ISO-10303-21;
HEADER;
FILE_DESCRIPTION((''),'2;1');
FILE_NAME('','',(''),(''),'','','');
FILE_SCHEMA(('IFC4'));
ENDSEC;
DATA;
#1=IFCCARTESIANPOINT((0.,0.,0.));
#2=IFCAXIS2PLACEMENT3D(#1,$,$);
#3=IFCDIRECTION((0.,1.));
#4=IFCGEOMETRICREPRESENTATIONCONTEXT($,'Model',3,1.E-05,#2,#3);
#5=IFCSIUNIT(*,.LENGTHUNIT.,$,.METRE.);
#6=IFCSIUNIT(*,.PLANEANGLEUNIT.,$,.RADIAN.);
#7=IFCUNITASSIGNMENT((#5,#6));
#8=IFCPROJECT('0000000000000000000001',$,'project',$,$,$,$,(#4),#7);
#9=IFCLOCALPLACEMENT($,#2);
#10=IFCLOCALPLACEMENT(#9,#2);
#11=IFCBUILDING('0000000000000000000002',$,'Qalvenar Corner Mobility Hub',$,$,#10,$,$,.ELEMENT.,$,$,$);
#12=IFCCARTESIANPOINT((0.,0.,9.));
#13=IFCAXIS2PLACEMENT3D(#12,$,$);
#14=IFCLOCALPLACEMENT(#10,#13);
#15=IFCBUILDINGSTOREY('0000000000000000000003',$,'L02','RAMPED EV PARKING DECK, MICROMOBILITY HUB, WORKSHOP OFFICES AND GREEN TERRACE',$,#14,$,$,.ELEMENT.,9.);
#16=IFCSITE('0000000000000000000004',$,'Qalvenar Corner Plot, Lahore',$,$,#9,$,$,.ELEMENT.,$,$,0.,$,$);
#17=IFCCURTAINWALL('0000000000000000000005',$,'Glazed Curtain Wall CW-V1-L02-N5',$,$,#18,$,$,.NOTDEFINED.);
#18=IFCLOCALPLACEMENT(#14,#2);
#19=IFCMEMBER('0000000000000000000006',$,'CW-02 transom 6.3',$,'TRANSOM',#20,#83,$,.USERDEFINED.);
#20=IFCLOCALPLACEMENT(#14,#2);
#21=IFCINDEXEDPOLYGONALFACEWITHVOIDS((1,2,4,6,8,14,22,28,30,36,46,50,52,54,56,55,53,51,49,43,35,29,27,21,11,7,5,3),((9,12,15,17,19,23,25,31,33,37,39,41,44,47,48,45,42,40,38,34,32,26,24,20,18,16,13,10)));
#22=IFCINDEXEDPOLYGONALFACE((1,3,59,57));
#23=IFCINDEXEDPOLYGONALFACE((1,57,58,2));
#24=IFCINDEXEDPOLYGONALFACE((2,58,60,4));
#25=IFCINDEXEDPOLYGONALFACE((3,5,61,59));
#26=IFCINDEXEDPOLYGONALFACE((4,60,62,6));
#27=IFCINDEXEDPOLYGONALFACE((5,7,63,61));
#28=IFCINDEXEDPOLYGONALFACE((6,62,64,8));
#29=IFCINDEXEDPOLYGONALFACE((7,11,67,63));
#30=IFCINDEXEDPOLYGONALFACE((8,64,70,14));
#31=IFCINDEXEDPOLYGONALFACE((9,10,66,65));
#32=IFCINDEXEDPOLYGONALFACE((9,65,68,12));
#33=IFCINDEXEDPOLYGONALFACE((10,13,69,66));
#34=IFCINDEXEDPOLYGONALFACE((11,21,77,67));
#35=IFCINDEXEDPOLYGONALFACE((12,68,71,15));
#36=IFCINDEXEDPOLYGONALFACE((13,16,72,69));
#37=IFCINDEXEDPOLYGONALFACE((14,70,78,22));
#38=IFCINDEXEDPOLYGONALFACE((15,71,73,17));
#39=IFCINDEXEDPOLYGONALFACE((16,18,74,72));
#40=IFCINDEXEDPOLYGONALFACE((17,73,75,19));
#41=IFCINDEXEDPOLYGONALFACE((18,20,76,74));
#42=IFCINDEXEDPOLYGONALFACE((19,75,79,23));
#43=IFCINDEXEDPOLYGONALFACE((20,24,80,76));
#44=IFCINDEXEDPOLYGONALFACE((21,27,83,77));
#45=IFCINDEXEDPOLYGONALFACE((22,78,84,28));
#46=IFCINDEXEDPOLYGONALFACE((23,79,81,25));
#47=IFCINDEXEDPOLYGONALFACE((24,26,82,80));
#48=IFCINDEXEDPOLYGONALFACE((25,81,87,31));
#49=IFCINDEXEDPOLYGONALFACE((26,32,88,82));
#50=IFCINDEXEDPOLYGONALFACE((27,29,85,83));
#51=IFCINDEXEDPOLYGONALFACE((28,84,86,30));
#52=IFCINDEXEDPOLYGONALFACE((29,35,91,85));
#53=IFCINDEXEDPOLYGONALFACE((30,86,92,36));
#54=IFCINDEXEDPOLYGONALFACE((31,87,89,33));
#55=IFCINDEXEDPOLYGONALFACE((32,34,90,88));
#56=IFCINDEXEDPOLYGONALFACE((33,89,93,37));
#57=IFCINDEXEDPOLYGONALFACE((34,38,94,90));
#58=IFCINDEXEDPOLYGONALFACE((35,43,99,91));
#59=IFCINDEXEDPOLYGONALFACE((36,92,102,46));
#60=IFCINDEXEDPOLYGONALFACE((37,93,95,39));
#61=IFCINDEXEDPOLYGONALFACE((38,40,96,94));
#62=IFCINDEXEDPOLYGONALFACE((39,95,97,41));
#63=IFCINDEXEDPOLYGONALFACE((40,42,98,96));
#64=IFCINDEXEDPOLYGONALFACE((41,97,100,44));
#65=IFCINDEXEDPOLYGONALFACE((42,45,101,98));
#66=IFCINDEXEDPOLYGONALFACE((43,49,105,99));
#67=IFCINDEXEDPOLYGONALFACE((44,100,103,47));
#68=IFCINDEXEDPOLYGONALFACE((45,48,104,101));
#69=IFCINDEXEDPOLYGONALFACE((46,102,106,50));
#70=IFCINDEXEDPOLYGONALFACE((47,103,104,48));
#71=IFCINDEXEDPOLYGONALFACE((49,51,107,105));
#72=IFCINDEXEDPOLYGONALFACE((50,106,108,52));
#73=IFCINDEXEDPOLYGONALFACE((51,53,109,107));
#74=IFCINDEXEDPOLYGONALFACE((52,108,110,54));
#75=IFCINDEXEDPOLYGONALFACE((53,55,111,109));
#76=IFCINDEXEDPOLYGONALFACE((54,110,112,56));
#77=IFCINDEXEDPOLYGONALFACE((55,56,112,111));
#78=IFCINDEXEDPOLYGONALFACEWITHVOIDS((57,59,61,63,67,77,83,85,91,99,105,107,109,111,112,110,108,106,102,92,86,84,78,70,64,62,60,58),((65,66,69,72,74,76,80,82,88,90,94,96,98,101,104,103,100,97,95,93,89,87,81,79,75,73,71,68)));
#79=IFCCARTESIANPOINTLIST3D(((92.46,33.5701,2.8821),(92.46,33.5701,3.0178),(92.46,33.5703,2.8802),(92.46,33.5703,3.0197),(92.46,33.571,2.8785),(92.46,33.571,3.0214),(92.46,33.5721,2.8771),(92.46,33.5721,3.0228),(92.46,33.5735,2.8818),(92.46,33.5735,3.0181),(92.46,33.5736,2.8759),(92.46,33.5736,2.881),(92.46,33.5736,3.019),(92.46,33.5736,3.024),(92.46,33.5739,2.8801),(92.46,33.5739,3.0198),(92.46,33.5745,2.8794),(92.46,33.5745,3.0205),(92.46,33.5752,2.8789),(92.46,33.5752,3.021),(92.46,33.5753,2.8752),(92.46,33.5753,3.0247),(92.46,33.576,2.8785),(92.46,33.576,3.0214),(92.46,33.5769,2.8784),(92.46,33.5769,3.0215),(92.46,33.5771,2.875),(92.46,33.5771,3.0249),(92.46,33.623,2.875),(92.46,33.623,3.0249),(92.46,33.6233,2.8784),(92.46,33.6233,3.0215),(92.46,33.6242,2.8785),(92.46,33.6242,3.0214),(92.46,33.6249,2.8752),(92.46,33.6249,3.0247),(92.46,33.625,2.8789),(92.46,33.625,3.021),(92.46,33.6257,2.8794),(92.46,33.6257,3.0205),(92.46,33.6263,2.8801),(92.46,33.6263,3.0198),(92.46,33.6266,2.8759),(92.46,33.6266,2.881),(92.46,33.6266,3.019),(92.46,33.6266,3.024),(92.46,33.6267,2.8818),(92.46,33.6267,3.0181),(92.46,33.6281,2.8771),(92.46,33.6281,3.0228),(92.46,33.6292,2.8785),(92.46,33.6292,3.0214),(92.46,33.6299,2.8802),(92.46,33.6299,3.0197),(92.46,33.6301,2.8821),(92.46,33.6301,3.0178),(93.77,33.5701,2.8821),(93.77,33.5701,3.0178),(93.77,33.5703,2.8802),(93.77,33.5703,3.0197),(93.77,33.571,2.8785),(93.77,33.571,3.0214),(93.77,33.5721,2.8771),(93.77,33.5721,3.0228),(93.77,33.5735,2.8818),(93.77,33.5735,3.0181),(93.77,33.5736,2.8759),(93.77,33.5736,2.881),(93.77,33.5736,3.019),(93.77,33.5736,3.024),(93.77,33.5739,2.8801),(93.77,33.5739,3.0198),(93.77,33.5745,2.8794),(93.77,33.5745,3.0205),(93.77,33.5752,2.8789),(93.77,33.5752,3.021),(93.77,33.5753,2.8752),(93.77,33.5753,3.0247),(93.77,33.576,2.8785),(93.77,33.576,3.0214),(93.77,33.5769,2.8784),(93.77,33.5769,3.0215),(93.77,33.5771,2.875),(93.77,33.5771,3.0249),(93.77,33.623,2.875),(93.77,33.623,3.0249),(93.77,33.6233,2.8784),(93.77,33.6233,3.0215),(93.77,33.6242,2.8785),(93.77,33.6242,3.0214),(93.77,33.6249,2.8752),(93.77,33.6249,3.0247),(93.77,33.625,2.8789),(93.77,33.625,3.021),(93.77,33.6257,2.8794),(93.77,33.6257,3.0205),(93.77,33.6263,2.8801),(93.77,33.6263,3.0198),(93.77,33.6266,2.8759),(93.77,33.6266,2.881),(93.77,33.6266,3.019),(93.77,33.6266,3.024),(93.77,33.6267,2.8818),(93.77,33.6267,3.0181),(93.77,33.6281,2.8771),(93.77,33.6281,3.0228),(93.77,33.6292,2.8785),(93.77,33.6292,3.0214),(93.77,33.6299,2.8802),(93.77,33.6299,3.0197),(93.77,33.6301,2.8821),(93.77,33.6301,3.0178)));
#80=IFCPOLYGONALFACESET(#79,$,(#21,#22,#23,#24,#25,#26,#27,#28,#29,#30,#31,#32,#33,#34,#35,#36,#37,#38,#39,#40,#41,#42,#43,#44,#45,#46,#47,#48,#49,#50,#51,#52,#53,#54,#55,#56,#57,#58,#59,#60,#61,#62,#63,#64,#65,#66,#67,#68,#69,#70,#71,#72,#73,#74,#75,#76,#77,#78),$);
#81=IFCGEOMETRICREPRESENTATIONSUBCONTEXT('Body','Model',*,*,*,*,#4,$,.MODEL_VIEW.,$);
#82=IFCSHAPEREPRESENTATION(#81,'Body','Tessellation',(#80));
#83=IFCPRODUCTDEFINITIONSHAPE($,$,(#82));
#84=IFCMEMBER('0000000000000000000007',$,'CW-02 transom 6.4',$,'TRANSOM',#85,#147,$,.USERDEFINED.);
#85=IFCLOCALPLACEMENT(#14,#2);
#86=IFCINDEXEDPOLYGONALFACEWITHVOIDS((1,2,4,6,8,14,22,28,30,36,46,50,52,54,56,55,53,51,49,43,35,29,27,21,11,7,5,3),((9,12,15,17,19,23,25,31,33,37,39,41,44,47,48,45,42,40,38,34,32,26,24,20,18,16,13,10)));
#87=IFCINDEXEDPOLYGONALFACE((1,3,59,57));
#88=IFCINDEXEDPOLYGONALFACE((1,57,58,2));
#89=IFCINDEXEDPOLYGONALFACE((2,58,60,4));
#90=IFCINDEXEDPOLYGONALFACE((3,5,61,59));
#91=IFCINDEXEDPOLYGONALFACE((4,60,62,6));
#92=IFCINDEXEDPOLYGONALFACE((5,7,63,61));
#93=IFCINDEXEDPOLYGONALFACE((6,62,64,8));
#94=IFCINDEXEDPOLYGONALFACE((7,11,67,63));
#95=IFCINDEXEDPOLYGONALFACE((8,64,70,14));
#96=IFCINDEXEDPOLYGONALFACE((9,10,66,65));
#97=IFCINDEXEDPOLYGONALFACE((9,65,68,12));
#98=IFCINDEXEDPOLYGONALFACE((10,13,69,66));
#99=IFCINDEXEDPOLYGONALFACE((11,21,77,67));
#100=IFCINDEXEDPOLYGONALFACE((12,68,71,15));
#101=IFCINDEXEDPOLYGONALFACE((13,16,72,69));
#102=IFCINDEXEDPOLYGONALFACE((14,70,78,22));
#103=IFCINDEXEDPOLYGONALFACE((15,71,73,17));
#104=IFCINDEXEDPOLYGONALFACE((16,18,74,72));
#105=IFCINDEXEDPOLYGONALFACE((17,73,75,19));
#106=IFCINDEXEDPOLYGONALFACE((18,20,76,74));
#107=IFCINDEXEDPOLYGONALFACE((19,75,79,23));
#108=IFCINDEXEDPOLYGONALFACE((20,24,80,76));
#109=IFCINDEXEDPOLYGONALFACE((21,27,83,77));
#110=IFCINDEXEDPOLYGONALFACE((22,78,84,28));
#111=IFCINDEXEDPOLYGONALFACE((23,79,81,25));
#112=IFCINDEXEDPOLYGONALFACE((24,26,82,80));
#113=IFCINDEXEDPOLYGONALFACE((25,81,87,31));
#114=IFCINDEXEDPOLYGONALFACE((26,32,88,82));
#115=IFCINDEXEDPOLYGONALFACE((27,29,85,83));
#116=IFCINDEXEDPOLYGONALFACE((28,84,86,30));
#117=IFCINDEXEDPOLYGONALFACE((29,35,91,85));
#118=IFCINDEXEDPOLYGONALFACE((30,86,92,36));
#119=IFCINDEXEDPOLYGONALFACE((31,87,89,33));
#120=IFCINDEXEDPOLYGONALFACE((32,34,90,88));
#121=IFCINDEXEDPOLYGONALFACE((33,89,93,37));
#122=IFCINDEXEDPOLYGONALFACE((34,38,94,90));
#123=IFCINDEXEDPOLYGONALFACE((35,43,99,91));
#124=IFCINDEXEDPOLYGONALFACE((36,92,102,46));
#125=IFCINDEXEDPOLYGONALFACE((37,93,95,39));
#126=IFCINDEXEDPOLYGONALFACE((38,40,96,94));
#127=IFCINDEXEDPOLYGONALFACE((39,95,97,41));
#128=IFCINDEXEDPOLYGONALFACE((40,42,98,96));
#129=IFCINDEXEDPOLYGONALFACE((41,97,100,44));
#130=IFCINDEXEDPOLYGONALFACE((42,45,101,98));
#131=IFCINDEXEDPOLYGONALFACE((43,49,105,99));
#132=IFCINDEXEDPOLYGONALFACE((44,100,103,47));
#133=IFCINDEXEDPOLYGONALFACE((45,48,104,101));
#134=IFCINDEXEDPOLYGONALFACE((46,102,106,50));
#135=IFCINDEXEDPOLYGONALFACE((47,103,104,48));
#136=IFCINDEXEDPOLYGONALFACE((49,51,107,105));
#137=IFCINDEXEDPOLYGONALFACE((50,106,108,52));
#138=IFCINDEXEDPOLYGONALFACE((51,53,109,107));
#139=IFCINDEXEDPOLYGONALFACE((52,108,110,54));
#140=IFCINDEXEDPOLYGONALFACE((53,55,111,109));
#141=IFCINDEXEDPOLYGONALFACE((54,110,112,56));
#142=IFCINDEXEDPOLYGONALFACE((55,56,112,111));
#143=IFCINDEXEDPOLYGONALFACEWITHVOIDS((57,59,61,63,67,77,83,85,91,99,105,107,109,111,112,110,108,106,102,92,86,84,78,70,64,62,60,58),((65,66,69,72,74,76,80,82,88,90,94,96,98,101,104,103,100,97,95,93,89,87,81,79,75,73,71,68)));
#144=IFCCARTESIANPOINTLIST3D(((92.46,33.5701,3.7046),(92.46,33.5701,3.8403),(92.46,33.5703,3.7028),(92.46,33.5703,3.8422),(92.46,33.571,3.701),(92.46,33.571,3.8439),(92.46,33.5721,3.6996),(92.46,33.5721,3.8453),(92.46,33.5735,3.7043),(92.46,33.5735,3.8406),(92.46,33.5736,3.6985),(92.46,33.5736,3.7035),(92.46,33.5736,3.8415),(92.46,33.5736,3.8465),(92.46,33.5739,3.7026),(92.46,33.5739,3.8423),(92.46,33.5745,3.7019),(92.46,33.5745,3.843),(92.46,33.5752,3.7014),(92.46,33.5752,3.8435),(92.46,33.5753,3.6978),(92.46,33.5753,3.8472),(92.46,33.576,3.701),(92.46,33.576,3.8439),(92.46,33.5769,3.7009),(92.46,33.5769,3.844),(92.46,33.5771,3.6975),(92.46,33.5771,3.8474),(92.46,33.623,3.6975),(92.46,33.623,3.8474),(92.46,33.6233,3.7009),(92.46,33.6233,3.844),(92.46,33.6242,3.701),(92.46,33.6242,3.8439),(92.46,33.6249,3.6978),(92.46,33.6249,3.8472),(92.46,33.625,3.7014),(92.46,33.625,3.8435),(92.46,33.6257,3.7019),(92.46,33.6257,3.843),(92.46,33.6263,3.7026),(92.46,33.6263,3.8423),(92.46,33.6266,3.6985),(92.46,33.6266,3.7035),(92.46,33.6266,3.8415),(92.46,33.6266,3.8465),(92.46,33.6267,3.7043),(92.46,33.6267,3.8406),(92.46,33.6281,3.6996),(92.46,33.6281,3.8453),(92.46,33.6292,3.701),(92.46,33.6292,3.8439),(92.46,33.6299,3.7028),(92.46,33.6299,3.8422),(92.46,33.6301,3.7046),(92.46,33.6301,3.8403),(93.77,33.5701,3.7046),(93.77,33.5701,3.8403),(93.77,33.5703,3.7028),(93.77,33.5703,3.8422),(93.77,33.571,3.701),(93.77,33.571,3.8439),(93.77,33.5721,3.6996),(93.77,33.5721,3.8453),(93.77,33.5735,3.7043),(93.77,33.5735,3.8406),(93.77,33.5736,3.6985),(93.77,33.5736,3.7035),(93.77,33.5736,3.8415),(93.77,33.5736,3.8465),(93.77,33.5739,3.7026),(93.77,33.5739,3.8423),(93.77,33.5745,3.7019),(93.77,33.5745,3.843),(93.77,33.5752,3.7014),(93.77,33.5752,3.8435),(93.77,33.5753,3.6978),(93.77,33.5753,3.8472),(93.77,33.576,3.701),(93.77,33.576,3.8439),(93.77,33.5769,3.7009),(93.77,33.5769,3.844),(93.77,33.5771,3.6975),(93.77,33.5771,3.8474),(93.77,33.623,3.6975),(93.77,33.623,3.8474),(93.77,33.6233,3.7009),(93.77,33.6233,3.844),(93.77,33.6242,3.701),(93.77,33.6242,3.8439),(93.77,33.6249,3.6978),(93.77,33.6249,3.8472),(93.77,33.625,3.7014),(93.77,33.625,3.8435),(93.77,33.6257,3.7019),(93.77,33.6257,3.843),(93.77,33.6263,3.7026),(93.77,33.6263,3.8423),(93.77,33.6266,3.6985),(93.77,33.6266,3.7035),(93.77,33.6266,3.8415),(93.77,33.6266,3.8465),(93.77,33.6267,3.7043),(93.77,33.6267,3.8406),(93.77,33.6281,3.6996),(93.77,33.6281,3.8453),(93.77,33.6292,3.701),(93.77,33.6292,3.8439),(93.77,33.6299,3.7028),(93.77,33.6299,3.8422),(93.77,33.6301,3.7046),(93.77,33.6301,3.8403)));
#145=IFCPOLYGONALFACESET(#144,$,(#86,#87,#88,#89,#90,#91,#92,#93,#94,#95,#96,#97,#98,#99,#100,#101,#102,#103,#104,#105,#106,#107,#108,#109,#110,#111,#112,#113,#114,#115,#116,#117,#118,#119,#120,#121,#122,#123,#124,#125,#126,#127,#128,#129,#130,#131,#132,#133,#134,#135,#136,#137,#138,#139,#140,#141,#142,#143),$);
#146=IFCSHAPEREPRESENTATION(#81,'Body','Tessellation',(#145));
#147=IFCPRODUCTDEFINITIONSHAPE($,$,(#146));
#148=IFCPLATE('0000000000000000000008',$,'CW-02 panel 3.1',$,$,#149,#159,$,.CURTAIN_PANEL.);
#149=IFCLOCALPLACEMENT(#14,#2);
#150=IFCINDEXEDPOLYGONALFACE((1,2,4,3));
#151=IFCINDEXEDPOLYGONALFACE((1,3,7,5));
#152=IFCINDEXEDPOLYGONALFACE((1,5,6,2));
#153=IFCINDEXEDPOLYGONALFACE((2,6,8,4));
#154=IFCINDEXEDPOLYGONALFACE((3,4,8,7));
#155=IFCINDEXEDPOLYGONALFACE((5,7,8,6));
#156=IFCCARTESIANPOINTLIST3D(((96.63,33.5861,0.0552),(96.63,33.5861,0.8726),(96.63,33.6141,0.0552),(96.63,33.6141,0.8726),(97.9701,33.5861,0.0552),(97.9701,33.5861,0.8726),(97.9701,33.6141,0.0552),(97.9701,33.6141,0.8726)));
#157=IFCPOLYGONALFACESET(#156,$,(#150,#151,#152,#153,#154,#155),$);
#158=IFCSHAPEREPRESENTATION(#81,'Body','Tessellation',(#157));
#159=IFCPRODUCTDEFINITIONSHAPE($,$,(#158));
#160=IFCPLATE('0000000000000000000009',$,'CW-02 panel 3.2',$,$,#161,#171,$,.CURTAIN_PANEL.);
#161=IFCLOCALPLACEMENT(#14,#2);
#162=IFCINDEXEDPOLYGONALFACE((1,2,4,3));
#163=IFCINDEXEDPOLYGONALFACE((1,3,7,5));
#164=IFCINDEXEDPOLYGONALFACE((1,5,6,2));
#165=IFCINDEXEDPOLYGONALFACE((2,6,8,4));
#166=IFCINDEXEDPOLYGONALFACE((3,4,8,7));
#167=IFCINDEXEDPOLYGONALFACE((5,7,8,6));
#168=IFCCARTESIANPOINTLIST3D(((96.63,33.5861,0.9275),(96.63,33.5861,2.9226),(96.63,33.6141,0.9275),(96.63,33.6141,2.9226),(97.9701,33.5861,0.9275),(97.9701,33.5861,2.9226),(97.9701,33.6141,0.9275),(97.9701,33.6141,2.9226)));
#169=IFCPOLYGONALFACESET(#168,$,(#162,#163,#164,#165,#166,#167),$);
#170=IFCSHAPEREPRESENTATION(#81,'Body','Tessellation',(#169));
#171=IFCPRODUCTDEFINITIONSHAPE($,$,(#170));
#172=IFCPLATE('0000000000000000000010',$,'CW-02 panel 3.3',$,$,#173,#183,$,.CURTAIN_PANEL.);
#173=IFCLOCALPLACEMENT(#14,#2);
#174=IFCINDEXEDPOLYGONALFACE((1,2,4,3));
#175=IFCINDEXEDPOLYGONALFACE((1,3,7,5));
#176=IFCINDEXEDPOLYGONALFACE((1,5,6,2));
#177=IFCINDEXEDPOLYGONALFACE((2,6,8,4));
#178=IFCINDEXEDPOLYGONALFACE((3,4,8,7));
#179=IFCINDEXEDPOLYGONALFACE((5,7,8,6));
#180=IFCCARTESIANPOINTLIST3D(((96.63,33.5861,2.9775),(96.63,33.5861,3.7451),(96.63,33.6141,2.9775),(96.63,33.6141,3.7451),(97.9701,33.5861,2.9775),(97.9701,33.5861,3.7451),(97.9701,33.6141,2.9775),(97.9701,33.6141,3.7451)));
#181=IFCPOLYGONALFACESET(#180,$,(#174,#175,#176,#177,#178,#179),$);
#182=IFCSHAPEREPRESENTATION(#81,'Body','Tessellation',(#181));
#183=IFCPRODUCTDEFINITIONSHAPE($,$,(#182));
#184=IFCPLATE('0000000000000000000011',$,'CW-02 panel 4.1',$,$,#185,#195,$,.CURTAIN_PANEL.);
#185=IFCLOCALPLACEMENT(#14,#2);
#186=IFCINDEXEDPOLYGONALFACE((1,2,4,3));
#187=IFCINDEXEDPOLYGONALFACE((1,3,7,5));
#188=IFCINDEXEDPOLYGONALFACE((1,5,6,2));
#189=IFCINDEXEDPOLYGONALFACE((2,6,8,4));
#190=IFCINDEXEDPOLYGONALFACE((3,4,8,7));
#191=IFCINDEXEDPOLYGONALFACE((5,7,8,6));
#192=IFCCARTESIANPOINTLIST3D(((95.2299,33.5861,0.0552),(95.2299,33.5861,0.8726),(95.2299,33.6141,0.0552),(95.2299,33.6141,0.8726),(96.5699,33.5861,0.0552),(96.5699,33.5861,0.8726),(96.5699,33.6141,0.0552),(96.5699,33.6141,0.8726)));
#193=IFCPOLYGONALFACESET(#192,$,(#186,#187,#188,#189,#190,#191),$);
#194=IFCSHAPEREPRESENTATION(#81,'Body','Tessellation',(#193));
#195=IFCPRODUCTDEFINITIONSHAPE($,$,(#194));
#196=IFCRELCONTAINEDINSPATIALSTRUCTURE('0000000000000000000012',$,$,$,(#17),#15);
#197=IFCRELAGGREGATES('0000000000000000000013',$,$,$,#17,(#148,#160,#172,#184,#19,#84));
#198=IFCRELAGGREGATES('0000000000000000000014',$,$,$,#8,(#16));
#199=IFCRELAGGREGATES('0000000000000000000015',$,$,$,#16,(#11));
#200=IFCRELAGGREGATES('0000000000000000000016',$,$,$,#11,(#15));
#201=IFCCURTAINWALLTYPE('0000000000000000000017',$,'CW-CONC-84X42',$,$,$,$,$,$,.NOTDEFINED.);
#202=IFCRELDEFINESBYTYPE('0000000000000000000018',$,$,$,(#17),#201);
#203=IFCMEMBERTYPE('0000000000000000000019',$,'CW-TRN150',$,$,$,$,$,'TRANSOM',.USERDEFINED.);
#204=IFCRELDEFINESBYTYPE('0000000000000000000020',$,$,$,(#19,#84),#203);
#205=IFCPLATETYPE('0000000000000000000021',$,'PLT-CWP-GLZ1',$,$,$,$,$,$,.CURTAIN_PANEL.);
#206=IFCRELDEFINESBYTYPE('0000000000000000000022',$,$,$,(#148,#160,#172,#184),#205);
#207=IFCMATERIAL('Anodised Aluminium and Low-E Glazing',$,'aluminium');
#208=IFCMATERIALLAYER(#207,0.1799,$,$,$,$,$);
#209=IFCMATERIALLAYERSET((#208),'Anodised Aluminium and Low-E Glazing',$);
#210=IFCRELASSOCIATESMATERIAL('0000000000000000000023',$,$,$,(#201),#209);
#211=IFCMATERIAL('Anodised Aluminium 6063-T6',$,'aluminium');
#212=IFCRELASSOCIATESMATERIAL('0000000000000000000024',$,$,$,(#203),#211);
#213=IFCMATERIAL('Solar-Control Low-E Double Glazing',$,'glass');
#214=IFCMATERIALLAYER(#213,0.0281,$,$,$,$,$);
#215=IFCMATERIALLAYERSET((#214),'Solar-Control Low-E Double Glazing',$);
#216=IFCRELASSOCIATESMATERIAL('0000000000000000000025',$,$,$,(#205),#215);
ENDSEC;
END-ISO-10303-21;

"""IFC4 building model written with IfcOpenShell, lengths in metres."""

from ifc_helpers import new_model, si_unit, direction, frame, origin, origin_2d, place, context, subcontext, project, spatial, rectangle, hollow_rectangle, extrude, material, layer, layer_set, material_profile, profile_set, type_object, element, aggregate, save


model = new_model("IFC4")

# Units and contexts
model_context = context("Model", 3, precision=1e-05, world=origin(), true_north=direction((0.0, 1.0)))
body_context = subcontext(model_context, "Body", "Model", "MODEL_VIEW")
ifc_project = project(units=[si_unit("LENGTHUNIT", "METRE"), si_unit("PLANEANGLEUNIT", "RADIAN")], contexts=[model_context])

# Site, building, storey
site_placement = place(None, origin())
site = spatial("IfcSite", under=ifc_project, at=site_placement, Name="Qalvenar Corner Plot, Lahore", CompositionType="ELEMENT", RefElevation=0.0)
building_placement = place(site_placement, origin())
building = spatial("IfcBuilding", under=site, at=building_placement, Name="Qalvenar Corner Mobility Hub", CompositionType="ELEMENT")
storey_placement = place(building_placement, frame((0.0, 0.0, 9.0)))
storey = spatial("IfcBuildingStorey", under=building, at=storey_placement, Name="L02", Description="RAMPED EV PARKING DECK, MICROMOBILITY HUB, WORKSHOP OFFICES AND GREEN TERRACE", CompositionType="ELEMENT", Elevation=9.0)

# Curtain wall, members, plates
ifc_material_1 = material(Name="Anodised Aluminium and Low-E Glazing", Category="aluminium")
ifc_layer_1 = layer(ifc_material_1, 0.1799)
ifc_layer_set_1 = layer_set([ifc_layer_1], Name="Anodised Aluminium and Low-E Glazing")
curtain_wall_type = type_object("IfcCurtainWallType", Name="CW-CONC-84X42", PredefinedType="NOTDEFINED", material=ifc_layer_set_1)
curtain_wall_placement = place(storey_placement, origin())
curtain_wall = element("IfcCurtainWall", 1, at=curtain_wall_placement, inside=storey, type_object=curtain_wall_type, Name="Glazed Curtain Wall CW-V1-L02-N5", PredefinedType="NOTDEFINED")
ifc_material_2 = material(Name="Anodised Aluminium 6063-T6", Category="aluminium")
ifc_material_profile_1 = material_profile(ifc_material_2, hollow_rectangle(XDim=0.0601, YDim=0.1499, WallThickness=0.0034, InnerFilletRadius=0.0034, OuterFilletRadius=0.0071, at=origin_2d()), Name="RHS150x60x3.5")
ifc_profile_set_1 = profile_set([ifc_material_profile_1], Name="Anodised Aluminium 6063-T6")
member_type_1 = type_object("IfcMemberType", Name="CW-TRN150", ElementType="TRANSOM", PredefinedType="USERDEFINED", material=ifc_profile_set_1)
member_1_placement = place(storey_placement, frame((93.77, 33.6001, 2.95), z_axis=(-1.0, 0.0, 0.0), x_axis=(0.0, -1.0, 0.0)))
member_1 = element("IfcMember", 2, at=member_1_placement, type_object=member_type_1, Name="CW-02 transom 6.3", ObjectType="TRANSOM", PredefinedType="USERDEFINED", context=body_context, shape_type="SweptSolid", body=[
    extrude(hollow_rectangle(XDim=0.0601, YDim=0.1499, WallThickness=0.0034, InnerFilletRadius=0.0034, OuterFilletRadius=0.0071, at=origin_2d()), origin(), (0.0, 0.0, 1.0), 1.3101),
])
member_2_placement = place(storey_placement, frame((93.77, 33.6001, 3.7725), z_axis=(-1.0, 0.0, 0.0), x_axis=(0.0, -1.0, 0.0)))
member_2 = element("IfcMember", 3, at=member_2_placement, type_object=member_type_1, Name="CW-02 transom 6.4", ObjectType="TRANSOM", PredefinedType="USERDEFINED", context=body_context, shape_type="SweptSolid", body=[
    extrude(hollow_rectangle(XDim=0.0601, YDim=0.1499, WallThickness=0.0034, InnerFilletRadius=0.0034, OuterFilletRadius=0.0071, at=origin_2d()), origin(), (0.0, 0.0, 1.0), 1.3101),
])
ifc_material_3 = material(Name="Solar-Control Low-E Double Glazing", Category="glass")
ifc_layer_2 = layer(ifc_material_3, 0.0281)
ifc_layer_set_2 = layer_set([ifc_layer_2], Name="Solar-Control Low-E Double Glazing")
plate_type = type_object("IfcPlateType", Name="PLT-CWP-GLZ1", PredefinedType="CURTAIN_PANEL", material=ifc_layer_set_2)
plate_1_placement = place(storey_placement, frame((97.3, 33.6001, 0.0552), z_axis=(0.0, 0.0, 1.0), x_axis=(-1.0, 0.0, 0.0)))
plate_1 = element("IfcPlate", 4, at=plate_1_placement, type_object=plate_type, Name="CW-02 panel 3.1", PredefinedType="CURTAIN_PANEL", context=body_context, shape_type="SweptSolid", body=[
    extrude(rectangle(XDim=1.3401, YDim=0.0281, at=origin_2d()), origin(), (0.0, 0.0, 1.0), 0.8174),
])
plate_2_placement = place(storey_placement, frame((97.3, 33.6001, 0.9275), z_axis=(0.0, 0.0, 1.0), x_axis=(-1.0, 0.0, 0.0)))
plate_2 = element("IfcPlate", 5, at=plate_2_placement, type_object=plate_type, Name="CW-02 panel 3.2", PredefinedType="CURTAIN_PANEL", context=body_context, shape_type="SweptSolid", body=[
    extrude(rectangle(XDim=1.3401, YDim=0.0281, at=origin_2d()), origin(), (0.0, 0.0, 1.0), 1.9951),
])
plate_3_placement = place(storey_placement, frame((97.3, 33.6001, 2.9775), z_axis=(0.0, 0.0, 1.0), x_axis=(-1.0, 0.0, 0.0)))
plate_3 = element("IfcPlate", 6, at=plate_3_placement, type_object=plate_type, Name="CW-02 panel 3.3", PredefinedType="CURTAIN_PANEL", context=body_context, shape_type="SweptSolid", body=[
    extrude(rectangle(XDim=1.3401, YDim=0.0281, at=origin_2d()), origin(), (0.0, 0.0, 1.0), 0.7676),
])
plate_4_placement = place(storey_placement, frame((95.8999, 33.6001, 0.0552), z_axis=(0.0, 0.0, 1.0), x_axis=(-1.0, 0.0, 0.0)))
plate_4 = element("IfcPlate", 7, at=plate_4_placement, type_object=plate_type, Name="CW-02 panel 4.1", PredefinedType="CURTAIN_PANEL", context=body_context, shape_type="SweptSolid", body=[
    extrude(rectangle(XDim=1.3401, YDim=0.0281, at=origin_2d()), origin(), (0.0, 0.0, 1.0), 0.8174),
])
aggregate(curtain_wall, [plate_1, plate_2, plate_3, plate_4, member_1, member_2])

save(model, "model.ifc")
